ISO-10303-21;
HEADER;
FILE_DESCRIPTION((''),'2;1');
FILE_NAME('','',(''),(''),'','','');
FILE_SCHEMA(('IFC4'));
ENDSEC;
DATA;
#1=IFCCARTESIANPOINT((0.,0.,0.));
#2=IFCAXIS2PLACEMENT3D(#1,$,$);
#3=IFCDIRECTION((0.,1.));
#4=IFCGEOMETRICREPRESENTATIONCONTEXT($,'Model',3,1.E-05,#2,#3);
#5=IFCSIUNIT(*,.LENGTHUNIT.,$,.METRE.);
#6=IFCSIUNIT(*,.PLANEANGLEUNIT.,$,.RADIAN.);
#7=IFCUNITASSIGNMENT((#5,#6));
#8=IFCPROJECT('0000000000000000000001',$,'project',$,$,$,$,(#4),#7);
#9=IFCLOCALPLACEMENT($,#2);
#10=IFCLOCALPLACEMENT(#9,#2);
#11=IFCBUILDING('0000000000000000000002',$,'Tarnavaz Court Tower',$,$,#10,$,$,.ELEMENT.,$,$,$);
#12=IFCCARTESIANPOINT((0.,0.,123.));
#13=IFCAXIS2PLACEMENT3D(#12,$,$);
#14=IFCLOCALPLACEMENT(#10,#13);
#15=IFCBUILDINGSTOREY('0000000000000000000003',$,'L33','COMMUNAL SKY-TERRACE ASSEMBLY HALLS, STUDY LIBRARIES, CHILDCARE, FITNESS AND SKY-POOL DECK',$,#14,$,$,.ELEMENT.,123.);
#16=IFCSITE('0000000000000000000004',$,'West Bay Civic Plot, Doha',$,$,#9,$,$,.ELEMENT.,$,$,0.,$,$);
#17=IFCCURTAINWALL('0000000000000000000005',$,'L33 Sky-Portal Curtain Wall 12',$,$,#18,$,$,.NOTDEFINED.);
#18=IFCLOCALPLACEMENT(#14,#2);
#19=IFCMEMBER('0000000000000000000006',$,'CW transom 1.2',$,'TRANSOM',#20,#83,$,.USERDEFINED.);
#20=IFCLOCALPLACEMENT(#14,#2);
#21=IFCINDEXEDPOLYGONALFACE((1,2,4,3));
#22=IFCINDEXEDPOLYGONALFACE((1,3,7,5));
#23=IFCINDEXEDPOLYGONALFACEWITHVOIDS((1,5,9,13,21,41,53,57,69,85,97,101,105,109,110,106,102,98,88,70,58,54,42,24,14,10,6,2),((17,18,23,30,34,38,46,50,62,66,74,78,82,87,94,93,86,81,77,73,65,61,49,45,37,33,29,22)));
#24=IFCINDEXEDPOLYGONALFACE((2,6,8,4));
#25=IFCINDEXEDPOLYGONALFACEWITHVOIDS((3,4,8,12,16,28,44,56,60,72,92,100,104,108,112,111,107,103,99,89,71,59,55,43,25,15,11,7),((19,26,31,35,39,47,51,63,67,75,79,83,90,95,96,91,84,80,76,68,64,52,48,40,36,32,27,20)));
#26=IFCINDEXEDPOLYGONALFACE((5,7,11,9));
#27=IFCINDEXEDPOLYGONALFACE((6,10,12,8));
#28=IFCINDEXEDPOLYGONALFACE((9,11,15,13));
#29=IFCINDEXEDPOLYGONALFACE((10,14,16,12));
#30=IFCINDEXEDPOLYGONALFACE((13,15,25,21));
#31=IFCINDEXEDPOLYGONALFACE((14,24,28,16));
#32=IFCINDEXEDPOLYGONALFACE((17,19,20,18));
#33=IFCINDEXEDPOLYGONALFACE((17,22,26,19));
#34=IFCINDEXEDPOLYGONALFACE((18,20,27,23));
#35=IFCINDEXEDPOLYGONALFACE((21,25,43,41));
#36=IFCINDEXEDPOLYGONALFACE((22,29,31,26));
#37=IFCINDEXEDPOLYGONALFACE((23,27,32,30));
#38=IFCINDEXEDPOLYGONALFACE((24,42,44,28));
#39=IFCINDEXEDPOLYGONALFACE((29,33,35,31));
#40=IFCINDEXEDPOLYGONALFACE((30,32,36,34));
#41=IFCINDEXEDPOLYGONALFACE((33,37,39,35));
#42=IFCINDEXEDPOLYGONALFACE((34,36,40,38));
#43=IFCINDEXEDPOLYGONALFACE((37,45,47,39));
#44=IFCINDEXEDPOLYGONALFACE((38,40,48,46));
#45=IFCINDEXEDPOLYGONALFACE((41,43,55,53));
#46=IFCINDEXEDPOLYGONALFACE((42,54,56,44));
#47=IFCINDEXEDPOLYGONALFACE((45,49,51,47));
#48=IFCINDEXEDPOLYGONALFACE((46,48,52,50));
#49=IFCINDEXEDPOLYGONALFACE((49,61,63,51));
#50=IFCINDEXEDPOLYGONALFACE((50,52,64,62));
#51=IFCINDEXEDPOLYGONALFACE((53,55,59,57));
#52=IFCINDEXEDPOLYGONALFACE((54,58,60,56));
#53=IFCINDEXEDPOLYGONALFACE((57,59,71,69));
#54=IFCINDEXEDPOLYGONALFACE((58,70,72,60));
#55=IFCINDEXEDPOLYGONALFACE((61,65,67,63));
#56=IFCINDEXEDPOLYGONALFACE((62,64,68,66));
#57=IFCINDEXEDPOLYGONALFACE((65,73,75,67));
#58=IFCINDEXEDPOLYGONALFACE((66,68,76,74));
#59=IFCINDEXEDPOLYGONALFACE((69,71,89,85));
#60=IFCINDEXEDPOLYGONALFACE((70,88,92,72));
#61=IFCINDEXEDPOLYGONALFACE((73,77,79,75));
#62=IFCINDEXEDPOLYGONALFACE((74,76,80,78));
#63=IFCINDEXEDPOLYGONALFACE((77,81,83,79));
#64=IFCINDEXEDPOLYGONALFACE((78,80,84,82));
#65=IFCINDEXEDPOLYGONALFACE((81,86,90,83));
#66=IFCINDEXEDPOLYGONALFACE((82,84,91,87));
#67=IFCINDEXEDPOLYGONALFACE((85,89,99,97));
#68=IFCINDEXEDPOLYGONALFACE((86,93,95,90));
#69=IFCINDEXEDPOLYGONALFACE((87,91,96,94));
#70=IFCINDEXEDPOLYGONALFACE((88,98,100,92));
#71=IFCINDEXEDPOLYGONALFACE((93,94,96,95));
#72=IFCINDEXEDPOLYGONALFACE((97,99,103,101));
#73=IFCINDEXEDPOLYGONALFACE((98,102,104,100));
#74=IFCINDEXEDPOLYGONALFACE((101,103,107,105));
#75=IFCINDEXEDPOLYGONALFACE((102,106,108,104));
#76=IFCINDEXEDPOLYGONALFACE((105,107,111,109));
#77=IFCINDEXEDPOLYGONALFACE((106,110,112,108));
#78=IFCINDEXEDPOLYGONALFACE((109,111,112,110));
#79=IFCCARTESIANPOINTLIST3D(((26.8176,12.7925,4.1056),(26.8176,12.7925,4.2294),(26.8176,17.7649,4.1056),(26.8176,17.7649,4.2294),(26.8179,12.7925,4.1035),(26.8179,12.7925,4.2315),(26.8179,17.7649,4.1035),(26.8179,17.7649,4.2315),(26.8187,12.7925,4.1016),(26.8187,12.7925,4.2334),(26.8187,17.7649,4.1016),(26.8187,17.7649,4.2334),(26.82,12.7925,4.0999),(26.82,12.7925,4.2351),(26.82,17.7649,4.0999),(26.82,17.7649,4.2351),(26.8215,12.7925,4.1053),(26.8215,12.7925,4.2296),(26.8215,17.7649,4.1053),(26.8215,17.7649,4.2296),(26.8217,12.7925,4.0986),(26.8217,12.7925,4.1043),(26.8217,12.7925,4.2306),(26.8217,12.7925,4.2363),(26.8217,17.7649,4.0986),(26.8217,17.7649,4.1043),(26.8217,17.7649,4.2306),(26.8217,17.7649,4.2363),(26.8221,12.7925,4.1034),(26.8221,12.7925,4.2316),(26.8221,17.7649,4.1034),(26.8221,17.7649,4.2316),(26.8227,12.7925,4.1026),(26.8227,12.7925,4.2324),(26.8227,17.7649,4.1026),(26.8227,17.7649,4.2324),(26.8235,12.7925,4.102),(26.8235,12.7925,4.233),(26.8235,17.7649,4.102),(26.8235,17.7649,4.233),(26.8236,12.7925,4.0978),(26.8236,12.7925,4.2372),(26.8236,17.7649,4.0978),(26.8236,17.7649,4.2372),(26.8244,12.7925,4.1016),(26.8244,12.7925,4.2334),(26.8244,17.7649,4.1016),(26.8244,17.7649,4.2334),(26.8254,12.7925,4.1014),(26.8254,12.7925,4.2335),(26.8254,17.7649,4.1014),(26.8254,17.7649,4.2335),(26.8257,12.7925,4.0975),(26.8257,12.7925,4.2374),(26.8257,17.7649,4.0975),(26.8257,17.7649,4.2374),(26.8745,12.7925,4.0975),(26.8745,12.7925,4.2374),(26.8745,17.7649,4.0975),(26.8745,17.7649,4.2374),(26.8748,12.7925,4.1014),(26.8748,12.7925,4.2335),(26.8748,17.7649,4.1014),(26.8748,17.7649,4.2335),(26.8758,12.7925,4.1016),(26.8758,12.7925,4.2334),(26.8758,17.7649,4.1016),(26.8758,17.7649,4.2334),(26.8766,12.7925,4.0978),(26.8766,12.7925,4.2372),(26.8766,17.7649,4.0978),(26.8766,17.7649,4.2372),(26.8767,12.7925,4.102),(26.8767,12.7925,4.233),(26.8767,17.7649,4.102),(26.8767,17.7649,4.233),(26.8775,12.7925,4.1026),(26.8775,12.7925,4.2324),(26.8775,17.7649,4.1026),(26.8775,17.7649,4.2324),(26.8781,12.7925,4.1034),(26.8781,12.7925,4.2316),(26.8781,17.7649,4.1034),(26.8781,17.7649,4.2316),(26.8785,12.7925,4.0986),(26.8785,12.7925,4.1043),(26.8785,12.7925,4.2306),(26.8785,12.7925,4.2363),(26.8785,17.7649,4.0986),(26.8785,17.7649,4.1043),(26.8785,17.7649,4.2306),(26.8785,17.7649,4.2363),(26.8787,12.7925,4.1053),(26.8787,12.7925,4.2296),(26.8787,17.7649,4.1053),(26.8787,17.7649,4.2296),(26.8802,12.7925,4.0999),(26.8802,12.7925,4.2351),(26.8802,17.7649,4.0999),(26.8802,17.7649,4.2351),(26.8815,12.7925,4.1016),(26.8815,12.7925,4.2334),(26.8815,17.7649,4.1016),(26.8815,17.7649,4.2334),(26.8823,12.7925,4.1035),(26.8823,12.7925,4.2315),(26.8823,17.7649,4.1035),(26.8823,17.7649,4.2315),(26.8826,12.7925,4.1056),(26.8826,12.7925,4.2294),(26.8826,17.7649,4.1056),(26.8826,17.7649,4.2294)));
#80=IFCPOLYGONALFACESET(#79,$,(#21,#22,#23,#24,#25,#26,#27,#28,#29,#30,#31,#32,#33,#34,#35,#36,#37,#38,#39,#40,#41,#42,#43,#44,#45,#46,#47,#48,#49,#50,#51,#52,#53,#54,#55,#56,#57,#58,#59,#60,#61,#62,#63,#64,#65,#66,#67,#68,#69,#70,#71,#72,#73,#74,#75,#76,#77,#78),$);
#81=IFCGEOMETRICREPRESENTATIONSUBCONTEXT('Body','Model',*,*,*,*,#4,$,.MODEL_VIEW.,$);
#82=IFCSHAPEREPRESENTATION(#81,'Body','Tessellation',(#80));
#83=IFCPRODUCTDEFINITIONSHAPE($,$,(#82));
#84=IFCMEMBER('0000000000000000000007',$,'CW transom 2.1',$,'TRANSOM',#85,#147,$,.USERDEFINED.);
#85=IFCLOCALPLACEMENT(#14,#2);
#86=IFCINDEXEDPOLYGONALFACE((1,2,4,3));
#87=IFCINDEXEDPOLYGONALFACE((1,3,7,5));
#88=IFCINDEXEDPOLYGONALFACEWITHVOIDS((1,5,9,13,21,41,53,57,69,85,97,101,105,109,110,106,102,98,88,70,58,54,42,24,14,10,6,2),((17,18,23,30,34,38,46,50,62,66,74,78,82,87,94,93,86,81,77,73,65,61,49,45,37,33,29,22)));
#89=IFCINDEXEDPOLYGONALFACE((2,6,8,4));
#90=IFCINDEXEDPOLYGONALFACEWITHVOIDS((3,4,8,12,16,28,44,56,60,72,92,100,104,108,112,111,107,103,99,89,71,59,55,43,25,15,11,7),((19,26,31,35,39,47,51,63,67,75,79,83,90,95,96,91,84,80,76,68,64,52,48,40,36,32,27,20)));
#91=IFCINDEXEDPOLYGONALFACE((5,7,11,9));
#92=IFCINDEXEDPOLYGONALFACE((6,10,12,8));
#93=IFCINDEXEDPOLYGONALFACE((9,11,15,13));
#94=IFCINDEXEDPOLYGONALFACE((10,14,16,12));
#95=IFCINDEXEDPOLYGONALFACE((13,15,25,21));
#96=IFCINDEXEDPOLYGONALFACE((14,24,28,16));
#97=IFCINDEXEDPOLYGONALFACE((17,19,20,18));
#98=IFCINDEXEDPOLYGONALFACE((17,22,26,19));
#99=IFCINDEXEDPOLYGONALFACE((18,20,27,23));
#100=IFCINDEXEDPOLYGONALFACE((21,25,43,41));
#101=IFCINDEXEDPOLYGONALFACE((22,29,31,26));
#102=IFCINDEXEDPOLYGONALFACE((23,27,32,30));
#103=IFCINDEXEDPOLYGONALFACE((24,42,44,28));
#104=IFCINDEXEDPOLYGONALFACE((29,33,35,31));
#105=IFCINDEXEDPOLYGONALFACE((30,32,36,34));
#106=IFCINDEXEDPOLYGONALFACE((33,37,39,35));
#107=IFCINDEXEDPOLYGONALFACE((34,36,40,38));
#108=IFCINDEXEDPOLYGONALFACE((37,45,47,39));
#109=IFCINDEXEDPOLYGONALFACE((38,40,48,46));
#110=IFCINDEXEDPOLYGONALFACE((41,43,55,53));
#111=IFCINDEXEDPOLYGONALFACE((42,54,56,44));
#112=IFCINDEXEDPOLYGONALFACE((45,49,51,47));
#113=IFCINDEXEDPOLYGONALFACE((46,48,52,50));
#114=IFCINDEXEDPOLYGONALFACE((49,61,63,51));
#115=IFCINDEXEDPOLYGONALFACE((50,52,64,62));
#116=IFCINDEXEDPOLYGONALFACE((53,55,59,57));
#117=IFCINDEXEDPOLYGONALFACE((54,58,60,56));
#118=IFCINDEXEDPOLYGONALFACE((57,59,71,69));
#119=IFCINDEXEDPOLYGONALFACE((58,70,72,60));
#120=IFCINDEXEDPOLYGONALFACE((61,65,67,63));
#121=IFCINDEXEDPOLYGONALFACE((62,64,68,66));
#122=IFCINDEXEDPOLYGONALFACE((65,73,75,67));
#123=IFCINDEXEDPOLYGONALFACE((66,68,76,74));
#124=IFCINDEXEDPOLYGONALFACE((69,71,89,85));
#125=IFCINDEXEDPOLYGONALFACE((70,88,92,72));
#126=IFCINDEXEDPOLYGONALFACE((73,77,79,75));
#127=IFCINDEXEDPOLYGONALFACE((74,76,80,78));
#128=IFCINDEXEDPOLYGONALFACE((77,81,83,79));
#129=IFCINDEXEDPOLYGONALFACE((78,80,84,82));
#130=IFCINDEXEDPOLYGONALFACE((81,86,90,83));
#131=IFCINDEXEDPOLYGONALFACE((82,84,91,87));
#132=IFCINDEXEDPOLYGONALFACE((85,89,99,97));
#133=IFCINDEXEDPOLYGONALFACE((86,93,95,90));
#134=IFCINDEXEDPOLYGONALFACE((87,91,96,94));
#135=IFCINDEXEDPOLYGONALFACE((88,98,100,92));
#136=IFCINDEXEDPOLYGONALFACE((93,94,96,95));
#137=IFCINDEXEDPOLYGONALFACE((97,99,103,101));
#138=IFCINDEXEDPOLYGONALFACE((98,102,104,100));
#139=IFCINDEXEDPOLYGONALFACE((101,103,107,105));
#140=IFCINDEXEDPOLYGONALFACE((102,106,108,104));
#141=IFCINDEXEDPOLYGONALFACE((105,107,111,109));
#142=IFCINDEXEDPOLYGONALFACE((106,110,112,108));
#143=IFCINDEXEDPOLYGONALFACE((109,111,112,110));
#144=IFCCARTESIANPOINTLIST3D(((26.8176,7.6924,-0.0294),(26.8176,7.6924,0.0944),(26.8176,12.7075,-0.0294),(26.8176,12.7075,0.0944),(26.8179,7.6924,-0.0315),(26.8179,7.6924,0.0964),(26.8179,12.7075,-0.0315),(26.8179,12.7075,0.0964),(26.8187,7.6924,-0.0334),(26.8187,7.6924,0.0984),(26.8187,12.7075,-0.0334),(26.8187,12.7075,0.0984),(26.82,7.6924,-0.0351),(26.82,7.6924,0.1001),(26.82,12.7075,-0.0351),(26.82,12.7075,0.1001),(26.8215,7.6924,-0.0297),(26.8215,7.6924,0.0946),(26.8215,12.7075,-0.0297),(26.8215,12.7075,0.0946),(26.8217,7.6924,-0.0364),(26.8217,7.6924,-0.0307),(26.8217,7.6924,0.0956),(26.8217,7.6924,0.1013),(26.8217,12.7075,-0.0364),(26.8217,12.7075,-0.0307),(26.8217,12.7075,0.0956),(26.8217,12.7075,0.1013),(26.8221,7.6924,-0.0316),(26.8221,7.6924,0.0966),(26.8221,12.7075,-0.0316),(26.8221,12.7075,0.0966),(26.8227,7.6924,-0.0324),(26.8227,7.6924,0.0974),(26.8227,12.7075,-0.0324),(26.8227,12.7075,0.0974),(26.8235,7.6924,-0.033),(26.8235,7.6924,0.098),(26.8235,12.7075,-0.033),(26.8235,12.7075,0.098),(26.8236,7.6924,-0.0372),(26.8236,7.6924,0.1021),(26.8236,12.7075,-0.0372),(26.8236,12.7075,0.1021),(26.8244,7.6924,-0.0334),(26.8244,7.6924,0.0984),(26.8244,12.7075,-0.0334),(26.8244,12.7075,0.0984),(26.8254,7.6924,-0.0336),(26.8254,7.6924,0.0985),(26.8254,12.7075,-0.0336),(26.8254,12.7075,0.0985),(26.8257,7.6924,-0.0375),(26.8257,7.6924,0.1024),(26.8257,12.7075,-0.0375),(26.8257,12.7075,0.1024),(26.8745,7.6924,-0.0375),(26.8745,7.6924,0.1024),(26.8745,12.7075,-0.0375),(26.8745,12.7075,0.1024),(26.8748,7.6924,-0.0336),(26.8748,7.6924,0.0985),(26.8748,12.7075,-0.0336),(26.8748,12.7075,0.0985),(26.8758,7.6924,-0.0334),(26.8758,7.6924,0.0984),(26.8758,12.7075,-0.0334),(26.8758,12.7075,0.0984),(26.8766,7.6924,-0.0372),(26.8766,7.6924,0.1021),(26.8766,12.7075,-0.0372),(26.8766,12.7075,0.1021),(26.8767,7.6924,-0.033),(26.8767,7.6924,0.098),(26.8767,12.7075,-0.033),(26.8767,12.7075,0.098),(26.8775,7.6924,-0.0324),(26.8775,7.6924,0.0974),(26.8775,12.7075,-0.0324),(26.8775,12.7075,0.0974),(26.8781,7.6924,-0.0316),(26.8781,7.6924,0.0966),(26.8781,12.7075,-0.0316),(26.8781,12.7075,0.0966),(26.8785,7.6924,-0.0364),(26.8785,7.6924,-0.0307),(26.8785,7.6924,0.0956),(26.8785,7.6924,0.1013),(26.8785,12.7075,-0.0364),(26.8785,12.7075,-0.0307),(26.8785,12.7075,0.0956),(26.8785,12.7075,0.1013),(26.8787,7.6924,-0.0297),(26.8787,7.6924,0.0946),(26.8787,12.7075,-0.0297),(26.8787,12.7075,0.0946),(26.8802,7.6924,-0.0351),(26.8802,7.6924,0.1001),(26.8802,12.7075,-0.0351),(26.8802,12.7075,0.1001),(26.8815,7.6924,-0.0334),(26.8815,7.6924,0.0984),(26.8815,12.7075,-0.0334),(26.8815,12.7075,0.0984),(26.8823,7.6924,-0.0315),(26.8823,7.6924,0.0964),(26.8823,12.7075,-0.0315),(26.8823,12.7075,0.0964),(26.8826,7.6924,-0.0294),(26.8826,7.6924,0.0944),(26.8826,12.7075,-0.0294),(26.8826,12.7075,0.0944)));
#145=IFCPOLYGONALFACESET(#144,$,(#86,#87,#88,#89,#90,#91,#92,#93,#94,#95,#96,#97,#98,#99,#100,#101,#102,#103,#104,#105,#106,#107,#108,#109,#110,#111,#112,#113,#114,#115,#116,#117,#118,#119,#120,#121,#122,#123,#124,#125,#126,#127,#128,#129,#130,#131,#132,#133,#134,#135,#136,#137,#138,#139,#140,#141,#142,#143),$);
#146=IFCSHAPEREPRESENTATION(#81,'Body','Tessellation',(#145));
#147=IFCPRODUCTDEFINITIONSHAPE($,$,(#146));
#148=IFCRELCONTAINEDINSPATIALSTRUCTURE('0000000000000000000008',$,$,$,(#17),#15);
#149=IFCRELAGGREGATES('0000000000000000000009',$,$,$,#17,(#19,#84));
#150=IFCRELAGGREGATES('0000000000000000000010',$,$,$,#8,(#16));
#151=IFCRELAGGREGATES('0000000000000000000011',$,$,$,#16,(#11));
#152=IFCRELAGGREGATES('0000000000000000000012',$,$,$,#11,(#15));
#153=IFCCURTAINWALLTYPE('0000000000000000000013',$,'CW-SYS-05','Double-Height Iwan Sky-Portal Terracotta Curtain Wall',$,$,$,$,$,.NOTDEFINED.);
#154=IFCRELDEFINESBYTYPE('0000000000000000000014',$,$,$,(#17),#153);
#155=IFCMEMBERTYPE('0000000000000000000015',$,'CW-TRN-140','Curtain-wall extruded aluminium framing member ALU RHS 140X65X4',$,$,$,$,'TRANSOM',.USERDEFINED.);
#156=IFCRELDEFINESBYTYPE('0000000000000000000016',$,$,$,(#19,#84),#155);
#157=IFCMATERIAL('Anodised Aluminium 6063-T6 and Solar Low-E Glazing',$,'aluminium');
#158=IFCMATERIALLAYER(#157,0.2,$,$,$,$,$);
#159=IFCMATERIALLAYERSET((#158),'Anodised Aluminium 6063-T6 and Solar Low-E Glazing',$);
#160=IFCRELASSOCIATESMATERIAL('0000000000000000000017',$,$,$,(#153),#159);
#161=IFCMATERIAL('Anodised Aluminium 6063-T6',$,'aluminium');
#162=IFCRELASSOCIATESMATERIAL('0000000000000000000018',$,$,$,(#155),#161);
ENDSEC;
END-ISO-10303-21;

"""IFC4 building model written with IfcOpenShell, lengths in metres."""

from ifc_helpers import new_model, si_unit, direction, frame, origin, origin_2d, place, context, subcontext, project, spatial, hollow_rectangle, extrude, material, layer, layer_set, material_profile, profile_set, type_object, element, aggregate, save


model = new_model("IFC4")

# Units and contexts
model_context = context("Model", 3, precision=1e-05, world=origin(), true_north=direction((0.0, 1.0)))
body_context = subcontext(model_context, "Body", "Model", "MODEL_VIEW")
ifc_project = project(units=[si_unit("LENGTHUNIT", "METRE"), si_unit("PLANEANGLEUNIT", "RADIAN")], contexts=[model_context])

# Site, building, storey
site_placement = place(None, origin())
site = spatial("IfcSite", under=ifc_project, at=site_placement, Name="West Bay Civic Plot, Doha", CompositionType="ELEMENT", RefElevation=0.0)
building_placement = place(site_placement, origin())
building = spatial("IfcBuilding", under=site, at=building_placement, Name="Tarnavaz Court Tower", CompositionType="ELEMENT")
storey_placement = place(building_placement, frame((0.0, 0.0, 123.0)))
storey = spatial("IfcBuildingStorey", under=building, at=storey_placement, Name="L33", Description="COMMUNAL SKY-TERRACE ASSEMBLY HALLS, STUDY LIBRARIES, CHILDCARE, FITNESS AND SKY-POOL DECK", CompositionType="ELEMENT", Elevation=123.0)

# Curtain wall, members
ifc_material_1 = material(Name="Anodised Aluminium 6063-T6 and Solar Low-E Glazing", Category="aluminium")
ifc_layer_1 = layer(ifc_material_1, 0.2)
ifc_layer_set_1 = layer_set([ifc_layer_1], Name="Anodised Aluminium 6063-T6 and Solar Low-E Glazing")
curtain_wall_type = type_object("IfcCurtainWallType", Name="CW-SYS-05", Description="Double-Height Iwan Sky-Portal Terracotta Curtain Wall", PredefinedType="NOTDEFINED", material=ifc_layer_set_1)
curtain_wall_placement = place(storey_placement, origin())
curtain_wall = element("IfcCurtainWall", 1, at=curtain_wall_placement, inside=storey, type_object=curtain_wall_type, Name="L33 Sky-Portal Curtain Wall 12", PredefinedType="NOTDEFINED")
ifc_material_2 = material(Name="Anodised Aluminium 6063-T6", Category="aluminium")
ifc_material_profile_1 = material_profile(ifc_material_2, hollow_rectangle(XDim=0.0649, YDim=0.1399, WallThickness=0.0039, InnerFilletRadius=0.0039, OuterFilletRadius=0.0081, at=origin_2d()), Name="ALU RHS 140X65X4")
ifc_profile_set_1 = profile_set([ifc_material_profile_1], Name="Anodised Aluminium 6063-T6")
member_type_1 = type_object("IfcMemberType", Name="CW-TRN-140", Description="Curtain-wall extruded aluminium framing member ALU RHS 140X65X4", ElementType="TRANSOM", PredefinedType="USERDEFINED", material=ifc_profile_set_1)
member_1_placement = place(storey_placement, frame((26.8501, 17.7649, 4.1675), z_axis=(0.0, -1.0, 0.0), x_axis=(1.0, 0.0, 0.0)))
member_1 = element("IfcMember", 2, at=member_1_placement, type_object=member_type_1, Name="CW transom 1.2", ObjectType="TRANSOM", PredefinedType="USERDEFINED", context=body_context, shape_type="SweptSolid", body=[
    extrude(hollow_rectangle(XDim=0.0649, YDim=0.1399, WallThickness=0.0039, InnerFilletRadius=0.0039, OuterFilletRadius=0.0081, at=origin_2d()), origin(), (0.0, 0.0, 1.0), 4.9724),
])
member_2_placement = place(storey_placement, frame((26.8501, 12.7075, 0.0325), z_axis=(0.0, -1.0, 0.0), x_axis=(1.0, 0.0, 0.0)))
member_2 = element("IfcMember", 3, at=member_2_placement, type_object=member_type_1, Name="CW transom 2.1", ObjectType="TRANSOM", PredefinedType="USERDEFINED", context=body_context, shape_type="SweptSolid", body=[
    extrude(hollow_rectangle(XDim=0.0649, YDim=0.1399, WallThickness=0.0039, InnerFilletRadius=0.0039, OuterFilletRadius=0.0081, at=origin_2d()), origin(), (0.0, 0.0, 1.0), 5.0151),
])
aggregate(curtain_wall, [member_1, member_2])

save(model, "model.ifc")
